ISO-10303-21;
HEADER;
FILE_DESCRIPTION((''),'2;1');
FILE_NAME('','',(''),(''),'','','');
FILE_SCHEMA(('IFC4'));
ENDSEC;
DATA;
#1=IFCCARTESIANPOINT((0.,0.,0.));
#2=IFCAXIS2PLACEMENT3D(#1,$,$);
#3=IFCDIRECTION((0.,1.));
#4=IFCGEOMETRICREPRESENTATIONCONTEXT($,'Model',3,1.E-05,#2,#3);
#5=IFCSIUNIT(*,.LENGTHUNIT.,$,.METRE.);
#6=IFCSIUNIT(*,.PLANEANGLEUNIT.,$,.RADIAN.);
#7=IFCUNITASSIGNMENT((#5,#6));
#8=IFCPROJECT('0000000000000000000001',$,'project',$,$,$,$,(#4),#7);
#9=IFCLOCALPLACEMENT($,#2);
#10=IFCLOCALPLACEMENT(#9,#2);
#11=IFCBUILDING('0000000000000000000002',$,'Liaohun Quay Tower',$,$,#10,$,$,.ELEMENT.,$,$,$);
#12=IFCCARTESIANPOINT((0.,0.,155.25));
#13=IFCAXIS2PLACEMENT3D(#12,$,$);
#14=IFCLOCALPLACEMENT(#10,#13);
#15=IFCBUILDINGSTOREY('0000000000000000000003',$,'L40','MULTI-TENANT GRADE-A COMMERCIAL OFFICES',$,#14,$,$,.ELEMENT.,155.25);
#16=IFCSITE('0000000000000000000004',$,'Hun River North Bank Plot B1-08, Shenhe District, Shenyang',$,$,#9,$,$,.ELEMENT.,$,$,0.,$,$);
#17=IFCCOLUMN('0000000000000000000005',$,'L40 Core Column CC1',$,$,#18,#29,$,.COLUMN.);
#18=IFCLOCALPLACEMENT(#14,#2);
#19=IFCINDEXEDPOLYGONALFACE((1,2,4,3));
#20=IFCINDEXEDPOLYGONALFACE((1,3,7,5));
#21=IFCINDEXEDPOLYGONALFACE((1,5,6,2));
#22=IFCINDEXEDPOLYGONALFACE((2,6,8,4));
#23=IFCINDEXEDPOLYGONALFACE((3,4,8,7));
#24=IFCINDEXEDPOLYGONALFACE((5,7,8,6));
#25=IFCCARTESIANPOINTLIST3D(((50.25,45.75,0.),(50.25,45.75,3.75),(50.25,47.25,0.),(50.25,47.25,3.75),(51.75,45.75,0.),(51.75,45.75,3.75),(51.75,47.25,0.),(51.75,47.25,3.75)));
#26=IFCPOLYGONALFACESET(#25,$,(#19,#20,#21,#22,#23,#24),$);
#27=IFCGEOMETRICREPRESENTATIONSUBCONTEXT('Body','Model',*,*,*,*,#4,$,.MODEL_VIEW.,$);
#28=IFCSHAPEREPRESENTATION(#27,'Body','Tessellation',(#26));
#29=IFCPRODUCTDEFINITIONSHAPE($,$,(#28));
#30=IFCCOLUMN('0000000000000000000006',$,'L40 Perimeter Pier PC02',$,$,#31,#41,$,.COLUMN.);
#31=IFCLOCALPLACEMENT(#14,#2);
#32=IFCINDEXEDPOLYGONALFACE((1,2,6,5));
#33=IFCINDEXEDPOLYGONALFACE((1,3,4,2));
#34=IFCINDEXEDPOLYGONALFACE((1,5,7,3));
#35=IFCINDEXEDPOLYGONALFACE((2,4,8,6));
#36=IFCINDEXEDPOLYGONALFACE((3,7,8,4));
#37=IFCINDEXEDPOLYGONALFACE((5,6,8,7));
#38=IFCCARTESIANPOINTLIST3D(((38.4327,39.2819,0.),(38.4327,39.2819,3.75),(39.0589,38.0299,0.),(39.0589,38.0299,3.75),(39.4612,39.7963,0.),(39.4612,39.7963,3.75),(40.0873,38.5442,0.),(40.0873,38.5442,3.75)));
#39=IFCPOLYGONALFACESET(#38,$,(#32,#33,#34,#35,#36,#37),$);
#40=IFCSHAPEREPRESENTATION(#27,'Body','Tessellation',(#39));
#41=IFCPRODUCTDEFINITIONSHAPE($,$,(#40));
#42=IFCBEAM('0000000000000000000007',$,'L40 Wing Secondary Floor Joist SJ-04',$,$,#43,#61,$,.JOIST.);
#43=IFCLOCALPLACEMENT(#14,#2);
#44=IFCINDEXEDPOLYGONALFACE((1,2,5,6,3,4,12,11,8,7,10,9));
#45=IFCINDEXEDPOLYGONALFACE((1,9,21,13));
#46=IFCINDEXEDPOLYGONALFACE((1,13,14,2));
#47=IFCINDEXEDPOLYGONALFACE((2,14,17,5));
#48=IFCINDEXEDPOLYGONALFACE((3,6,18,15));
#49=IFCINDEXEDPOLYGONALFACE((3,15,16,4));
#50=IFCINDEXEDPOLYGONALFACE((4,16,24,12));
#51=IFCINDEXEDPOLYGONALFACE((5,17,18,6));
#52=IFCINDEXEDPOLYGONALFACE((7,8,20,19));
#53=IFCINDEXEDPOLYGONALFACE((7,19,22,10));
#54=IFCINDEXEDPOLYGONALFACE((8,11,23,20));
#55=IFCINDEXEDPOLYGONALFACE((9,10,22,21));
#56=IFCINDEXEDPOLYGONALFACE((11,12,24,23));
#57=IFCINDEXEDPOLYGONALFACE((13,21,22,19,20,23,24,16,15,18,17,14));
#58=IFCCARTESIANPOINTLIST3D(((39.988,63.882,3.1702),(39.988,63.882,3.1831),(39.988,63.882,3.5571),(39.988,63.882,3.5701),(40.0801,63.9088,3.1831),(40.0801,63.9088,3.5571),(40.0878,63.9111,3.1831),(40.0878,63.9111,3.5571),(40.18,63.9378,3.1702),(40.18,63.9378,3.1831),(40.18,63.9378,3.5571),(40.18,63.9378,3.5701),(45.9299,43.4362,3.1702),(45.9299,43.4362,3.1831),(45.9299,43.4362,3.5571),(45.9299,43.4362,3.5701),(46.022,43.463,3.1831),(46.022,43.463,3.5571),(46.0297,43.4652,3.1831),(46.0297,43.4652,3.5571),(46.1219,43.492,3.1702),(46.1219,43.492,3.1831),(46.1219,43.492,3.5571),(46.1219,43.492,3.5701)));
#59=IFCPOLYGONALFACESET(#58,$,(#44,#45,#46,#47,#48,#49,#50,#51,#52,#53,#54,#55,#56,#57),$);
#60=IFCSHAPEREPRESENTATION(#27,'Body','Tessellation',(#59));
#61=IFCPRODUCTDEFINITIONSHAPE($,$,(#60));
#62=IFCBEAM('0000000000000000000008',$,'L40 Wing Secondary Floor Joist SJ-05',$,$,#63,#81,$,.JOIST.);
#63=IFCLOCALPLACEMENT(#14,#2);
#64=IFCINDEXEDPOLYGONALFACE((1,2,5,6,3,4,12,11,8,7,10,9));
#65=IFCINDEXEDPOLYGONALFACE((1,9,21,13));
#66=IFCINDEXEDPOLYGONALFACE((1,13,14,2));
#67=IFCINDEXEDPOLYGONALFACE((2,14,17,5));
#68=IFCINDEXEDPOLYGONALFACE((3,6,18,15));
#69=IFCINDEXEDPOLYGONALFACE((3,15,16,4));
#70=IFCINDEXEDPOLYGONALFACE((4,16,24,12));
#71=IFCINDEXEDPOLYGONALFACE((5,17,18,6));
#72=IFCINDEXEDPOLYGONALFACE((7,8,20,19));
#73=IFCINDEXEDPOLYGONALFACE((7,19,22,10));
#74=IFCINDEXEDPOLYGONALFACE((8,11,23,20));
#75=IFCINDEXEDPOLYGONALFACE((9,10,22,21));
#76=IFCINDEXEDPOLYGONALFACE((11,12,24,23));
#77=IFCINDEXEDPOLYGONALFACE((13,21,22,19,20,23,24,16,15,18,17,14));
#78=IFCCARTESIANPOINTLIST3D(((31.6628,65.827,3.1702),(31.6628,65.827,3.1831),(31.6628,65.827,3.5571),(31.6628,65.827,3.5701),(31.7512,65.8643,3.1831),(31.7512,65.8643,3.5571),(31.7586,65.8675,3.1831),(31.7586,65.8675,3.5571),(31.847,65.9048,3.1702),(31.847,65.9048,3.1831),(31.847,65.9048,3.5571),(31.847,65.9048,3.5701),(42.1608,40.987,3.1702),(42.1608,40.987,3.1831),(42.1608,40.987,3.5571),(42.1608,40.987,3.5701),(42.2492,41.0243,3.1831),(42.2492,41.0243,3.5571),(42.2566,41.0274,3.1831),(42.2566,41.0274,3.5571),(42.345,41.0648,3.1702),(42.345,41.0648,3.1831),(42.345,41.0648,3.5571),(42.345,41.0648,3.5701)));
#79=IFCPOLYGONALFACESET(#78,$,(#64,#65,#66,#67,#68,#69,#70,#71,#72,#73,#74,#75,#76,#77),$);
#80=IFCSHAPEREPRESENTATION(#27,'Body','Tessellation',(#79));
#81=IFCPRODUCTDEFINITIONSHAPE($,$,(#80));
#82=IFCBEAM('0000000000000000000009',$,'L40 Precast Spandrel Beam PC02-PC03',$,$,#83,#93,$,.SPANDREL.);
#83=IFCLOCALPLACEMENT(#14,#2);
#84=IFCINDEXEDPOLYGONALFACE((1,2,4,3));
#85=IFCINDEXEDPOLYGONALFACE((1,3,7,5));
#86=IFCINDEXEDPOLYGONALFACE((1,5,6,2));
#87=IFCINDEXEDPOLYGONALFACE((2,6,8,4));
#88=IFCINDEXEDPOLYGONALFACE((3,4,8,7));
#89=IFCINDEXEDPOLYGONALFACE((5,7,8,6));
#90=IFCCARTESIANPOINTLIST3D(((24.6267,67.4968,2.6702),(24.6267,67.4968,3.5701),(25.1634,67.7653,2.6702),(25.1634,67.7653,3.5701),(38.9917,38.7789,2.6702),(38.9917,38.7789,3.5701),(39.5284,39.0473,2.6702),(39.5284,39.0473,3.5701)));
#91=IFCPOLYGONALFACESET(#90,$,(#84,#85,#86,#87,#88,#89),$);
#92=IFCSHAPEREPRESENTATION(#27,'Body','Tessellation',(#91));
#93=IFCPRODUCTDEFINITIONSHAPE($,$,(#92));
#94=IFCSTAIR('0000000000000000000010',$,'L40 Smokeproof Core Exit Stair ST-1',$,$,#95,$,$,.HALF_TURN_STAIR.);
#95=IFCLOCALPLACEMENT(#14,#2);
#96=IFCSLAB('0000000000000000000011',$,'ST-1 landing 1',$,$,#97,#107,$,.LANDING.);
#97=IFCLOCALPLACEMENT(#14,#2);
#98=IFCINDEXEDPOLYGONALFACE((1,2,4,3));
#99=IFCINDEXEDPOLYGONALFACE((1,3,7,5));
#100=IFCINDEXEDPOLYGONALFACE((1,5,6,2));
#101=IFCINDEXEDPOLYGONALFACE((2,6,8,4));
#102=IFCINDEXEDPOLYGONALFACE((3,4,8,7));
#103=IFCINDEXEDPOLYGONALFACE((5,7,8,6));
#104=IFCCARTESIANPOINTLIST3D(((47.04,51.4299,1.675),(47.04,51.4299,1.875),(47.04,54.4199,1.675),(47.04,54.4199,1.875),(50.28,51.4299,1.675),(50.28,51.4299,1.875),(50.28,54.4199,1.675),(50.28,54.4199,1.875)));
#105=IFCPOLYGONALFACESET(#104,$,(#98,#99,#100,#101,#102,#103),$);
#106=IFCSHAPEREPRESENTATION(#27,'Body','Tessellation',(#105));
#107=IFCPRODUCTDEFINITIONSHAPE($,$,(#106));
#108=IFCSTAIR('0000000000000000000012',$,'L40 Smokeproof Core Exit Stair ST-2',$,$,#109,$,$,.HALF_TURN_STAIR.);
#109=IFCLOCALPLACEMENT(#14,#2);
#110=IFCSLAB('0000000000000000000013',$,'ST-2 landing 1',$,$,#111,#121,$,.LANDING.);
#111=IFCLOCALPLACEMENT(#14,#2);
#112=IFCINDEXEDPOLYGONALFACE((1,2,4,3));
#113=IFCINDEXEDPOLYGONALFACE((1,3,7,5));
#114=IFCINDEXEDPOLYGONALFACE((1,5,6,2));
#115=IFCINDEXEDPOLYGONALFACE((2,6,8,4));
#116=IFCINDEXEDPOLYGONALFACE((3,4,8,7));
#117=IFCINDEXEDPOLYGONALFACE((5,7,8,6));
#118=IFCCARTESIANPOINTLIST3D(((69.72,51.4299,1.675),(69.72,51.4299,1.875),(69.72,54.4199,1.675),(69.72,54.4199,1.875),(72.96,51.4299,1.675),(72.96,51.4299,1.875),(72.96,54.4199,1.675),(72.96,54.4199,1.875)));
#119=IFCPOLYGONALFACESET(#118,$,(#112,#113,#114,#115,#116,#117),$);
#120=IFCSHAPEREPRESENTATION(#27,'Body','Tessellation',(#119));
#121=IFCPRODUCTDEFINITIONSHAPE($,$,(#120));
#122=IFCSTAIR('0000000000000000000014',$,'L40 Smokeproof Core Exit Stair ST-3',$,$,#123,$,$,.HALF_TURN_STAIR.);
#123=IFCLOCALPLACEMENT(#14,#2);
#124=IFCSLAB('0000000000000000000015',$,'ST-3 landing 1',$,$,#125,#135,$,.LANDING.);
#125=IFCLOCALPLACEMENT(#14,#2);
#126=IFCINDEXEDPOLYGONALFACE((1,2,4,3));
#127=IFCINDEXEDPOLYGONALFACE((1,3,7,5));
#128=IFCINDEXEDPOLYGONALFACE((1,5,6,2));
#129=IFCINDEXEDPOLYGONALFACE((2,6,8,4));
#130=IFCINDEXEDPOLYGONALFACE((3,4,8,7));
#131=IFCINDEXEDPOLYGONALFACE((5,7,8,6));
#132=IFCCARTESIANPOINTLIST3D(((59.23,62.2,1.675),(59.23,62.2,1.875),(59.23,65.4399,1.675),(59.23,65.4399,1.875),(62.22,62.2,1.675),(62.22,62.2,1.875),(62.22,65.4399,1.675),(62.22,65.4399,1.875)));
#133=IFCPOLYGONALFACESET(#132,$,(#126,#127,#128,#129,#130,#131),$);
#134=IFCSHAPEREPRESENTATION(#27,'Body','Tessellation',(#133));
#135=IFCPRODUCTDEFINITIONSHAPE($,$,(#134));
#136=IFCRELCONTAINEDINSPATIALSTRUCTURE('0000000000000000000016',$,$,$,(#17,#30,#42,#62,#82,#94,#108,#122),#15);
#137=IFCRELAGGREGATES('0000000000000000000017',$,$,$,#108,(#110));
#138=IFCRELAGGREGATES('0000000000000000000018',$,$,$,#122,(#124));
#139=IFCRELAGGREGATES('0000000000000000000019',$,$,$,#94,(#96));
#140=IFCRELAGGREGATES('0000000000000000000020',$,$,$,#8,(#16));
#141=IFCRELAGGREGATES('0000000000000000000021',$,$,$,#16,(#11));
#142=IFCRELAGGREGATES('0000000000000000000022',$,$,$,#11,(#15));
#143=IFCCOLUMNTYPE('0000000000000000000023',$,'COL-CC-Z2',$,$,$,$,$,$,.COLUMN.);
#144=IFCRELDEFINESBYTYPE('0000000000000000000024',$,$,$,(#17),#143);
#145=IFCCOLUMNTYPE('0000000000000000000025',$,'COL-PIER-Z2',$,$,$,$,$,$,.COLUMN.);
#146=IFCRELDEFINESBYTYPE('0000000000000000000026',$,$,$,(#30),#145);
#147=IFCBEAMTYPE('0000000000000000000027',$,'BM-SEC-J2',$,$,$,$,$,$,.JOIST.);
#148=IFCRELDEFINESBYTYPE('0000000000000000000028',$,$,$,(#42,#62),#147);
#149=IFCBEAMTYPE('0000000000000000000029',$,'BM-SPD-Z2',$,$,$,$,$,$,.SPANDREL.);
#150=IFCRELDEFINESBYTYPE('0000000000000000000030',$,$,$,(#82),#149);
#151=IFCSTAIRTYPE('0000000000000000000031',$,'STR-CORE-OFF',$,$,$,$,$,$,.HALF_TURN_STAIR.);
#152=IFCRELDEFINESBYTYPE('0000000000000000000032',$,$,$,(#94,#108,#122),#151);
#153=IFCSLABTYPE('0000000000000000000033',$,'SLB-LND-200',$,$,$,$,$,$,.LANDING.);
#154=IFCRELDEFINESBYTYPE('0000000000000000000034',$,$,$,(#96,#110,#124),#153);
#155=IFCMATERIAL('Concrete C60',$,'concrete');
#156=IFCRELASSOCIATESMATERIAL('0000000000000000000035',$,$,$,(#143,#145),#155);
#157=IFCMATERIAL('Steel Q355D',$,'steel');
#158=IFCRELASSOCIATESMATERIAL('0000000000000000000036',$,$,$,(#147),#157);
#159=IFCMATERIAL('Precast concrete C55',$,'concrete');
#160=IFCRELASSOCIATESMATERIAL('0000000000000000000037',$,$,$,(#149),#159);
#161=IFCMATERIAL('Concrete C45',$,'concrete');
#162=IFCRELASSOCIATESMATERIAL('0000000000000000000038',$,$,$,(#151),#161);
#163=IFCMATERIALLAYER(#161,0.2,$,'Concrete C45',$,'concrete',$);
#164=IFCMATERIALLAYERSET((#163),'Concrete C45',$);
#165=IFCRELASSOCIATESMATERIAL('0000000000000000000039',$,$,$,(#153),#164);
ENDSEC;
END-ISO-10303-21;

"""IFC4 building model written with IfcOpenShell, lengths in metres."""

from ifc_helpers import new_model, si_unit, direction, frame, origin, origin_2d, place, context, subcontext, project, spatial, polyline, rectangle, i_section, outline, extrude, source, transform, mapped, material, layer, layer_set, material_profile, profile_set, type_object, element, aggregate, save


model = new_model("IFC4")

# Units and contexts
model_context = context("Model", 3, precision=1e-05, world=origin(), true_north=direction((0.0, 1.0)))
body_context = subcontext(model_context, "Body", "Model", "MODEL_VIEW")
ifc_project = project(units=[si_unit("LENGTHUNIT", "METRE"), si_unit("PLANEANGLEUNIT", "RADIAN")], contexts=[model_context])

# Site, building, storey
site_placement = place(None, origin())
site = spatial("IfcSite", under=ifc_project, at=site_placement, Name="Hun River North Bank Plot B1-08, Shenhe District, Shenyang", CompositionType="ELEMENT", RefElevation=0.0)
building_placement = place(site_placement, origin())
building = spatial("IfcBuilding", under=site, at=building_placement, Name="Liaohun Quay Tower", CompositionType="ELEMENT")
storey_placement = place(building_placement, frame((0.0, 0.0, 155.25)))
storey = spatial("IfcBuildingStorey", under=building, at=storey_placement, Name="L40", Description="MULTI-TENANT GRADE-A COMMERCIAL OFFICES", CompositionType="ELEMENT", Elevation=155.25)

# Columns
ifc_material_1 = material(Name="Concrete C60", Category="concrete")
ifc_material_profile_1 = material_profile(ifc_material_1, rectangle(XDim=1.5, YDim=1.5, at=origin_2d()), Name="RC1500x1500")
ifc_profile_set_1 = profile_set([ifc_material_profile_1], Name="Concrete C60")
column_type_1 = type_object("IfcColumnType", Name="COL-CC-Z2", PredefinedType="COLUMN", material=ifc_profile_set_1)
shared_shape_1 = source(origin(), body_context, "Body", "SweptSolid", [
    extrude(rectangle(XDim=1.5, YDim=1.5, at=origin_2d()), origin(), (0.0, 0.0, 1.0), 3.75),
])
column_1_placement = place(storey_placement, frame((51.0, 46.5, 0.0), z_axis=(0.0, 0.0, 1.0), x_axis=(1.0, 0.0, 0.0)))
element("IfcColumn", 1, at=column_1_placement, inside=storey, type_object=column_type_1, Name="L40 Core Column CC1", PredefinedType="COLUMN", context=body_context, shape_type="MappedRepresentation", body=[
    mapped(shared_shape_1, transform((0.0, 0.0, 0.0), x_axis=(1.0, 0.0, 0.0), y_axis=(0.0, 1.0, 0.0), z_axis=(0.0, 0.0, 1.0), scale=1.0)),
])
ifc_material_profile_2 = material_profile(ifc_material_1, rectangle(XDim=1.3999, YDim=1.1499, at=origin_2d()), Name="RC1400x1150")
ifc_profile_set_2 = profile_set([ifc_material_profile_2], Name="Concrete C60")
column_type_2 = type_object("IfcColumnType", Name="COL-PIER-Z2", PredefinedType="COLUMN", material=ifc_profile_set_2)
shared_shape_2 = source(origin(), body_context, "Body", "SweptSolid", [
    extrude(rectangle(XDim=1.3999, YDim=1.1499, at=origin_2d()), origin(), (0.0, 0.0, 1.0), 3.75),
])
column_2_placement = place(storey_placement, frame((39.26, 38.9131, 0.0), z_axis=(0.0, 0.0, 1.0), x_axis=(-0.447291, 0.894389, 0.0)))
element("IfcColumn", 2, at=column_2_placement, inside=storey, type_object=column_type_2, Name="L40 Perimeter Pier PC02", PredefinedType="COLUMN", context=body_context, shape_type="MappedRepresentation", body=[
    mapped(shared_shape_2, transform((0.0, 0.0, 0.0), x_axis=(1.0, 0.0, 0.0), y_axis=(0.0, 1.0, 0.0), z_axis=(0.0, 0.0, 1.0), scale=1.0)),
])

# Beams
ifc_material_2 = material(Name="Steel Q355D", Category="steel")
ifc_material_profile_3 = material_profile(ifc_material_2, i_section(OverallWidth=0.2, OverallDepth=0.3999, WebThickness=0.0081, FlangeThickness=0.0129, at=origin_2d()), Name="HN400x200x8x13")
ifc_profile_set_3 = profile_set([ifc_material_profile_3], Name="Steel Q355D")
beam_type_1 = type_object("IfcBeamType", Name="BM-SEC-J2", PredefinedType="JOIST", material=ifc_profile_set_3)
shared_shape_3 = source(origin(), body_context, "Body", "SweptSolid", [
    extrude(i_section(OverallWidth=0.2, OverallDepth=0.3999, WebThickness=0.0081, FlangeThickness=0.0129, at=origin_2d()), origin(), (0.0, 0.0, 1.0), 21.2917),
])
beam_1_placement = place(storey_placement, frame((46.0259, 43.4641, 3.3701), z_axis=(-0.279071, 0.960271, 0.0), x_axis=(-0.960271, -0.279071, 0.0)))
element("IfcBeam", 3, at=beam_1_placement, inside=storey, type_object=beam_type_1, Name="L40 Wing Secondary Floor Joist SJ-04", PredefinedType="JOIST", context=body_context, shape_type="MappedRepresentation", body=[
    mapped(shared_shape_3, transform((0.0, 0.0, 0.0), x_axis=(1.0, 0.0, 0.0), y_axis=(0.0, 1.0, 0.0), z_axis=(0.0, 0.0, 1.0), scale=1.0)),
])
shared_shape_4 = source(origin(), body_context, "Body", "SweptSolid", [
    extrude(i_section(OverallWidth=0.2, OverallDepth=0.3999, WebThickness=0.0081, FlangeThickness=0.0129, at=origin_2d()), origin(), (0.0, 0.0, 1.0), 26.9673),
])
beam_2_placement = place(storey_placement, frame((42.2529, 41.0259, 3.3701), z_axis=(-0.389287, 0.921116, 0.0), x_axis=(-0.921116, -0.389287, 0.0)))
element("IfcBeam", 4, at=beam_2_placement, inside=storey, type_object=beam_type_1, Name="L40 Wing Secondary Floor Joist SJ-05", PredefinedType="JOIST", context=body_context, shape_type="MappedRepresentation", body=[
    mapped(shared_shape_4, transform((0.0, 0.0, 0.0), x_axis=(1.0, 0.0, 0.0), y_axis=(0.0, 1.0, 0.0), z_axis=(0.0, 0.0, 1.0), scale=1.0)),
])
ifc_material_3 = material(Name="Precast concrete C55", Category="concrete")
ifc_material_profile_4 = material_profile(ifc_material_3, rectangle(XDim=0.6001, YDim=0.8999, at=origin_2d()), Name="RC600x900")
ifc_profile_set_4 = profile_set([ifc_material_profile_4], Name="Precast concrete C55")
beam_type_2 = type_object("IfcBeamType", Name="BM-SPD-Z2", PredefinedType="SPANDREL", material=ifc_profile_set_4)
shared_shape_5 = source(origin(), body_context, "Body", "SweptSolid", [
    extrude(rectangle(XDim=0.6001, YDim=0.8999, at=origin_2d()), origin(), (0.0, 0.0, 1.0), 32.1104),
])
beam_3_placement = place(storey_placement, frame((39.26, 38.9131, 3.1201), z_axis=(-0.447363, 0.894353, 0.0), x_axis=(-0.894353, -0.447363, 0.0)))
element("IfcBeam", 5, at=beam_3_placement, inside=storey, type_object=beam_type_2, Name="L40 Precast Spandrel Beam PC02-PC03", PredefinedType="SPANDREL", context=body_context, shape_type="MappedRepresentation", body=[
    mapped(shared_shape_5, transform((0.0, 0.0, 0.0), x_axis=(1.0, 0.0, 0.0), y_axis=(0.0, 1.0, 0.0), z_axis=(0.0, 0.0, 1.0), scale=1.0)),
])

# Stairs, slabs
ifc_material_4 = material(Name="Concrete C45", Category="concrete")
stair_type = type_object("IfcStairType", Name="STR-CORE-OFF", PredefinedType="HALF_TURN_STAIR", material=ifc_material_4)
stair_1_placement = place(storey_placement, origin())
stair_1 = element("IfcStair", 6, at=stair_1_placement, inside=storey, type_object=stair_type, Name="L40 Smokeproof Core Exit Stair ST-1", PredefinedType="HALF_TURN_STAIR")
ifc_layer_1 = layer(ifc_material_4, 0.2, Name="Concrete C45", Category="concrete")
ifc_layer_set_1 = layer_set([ifc_layer_1], Name="Concrete C45")
slab_type_1 = type_object("IfcSlabType", Name="SLB-LND-200", PredefinedType="LANDING", material=ifc_layer_set_1)
slab_1_placement = place(storey_placement, frame((0.0, 0.0, 1.675)))
slab_1 = element("IfcSlab", 7, at=slab_1_placement, type_object=slab_type_1, Name="ST-1 landing 1", PredefinedType="LANDING", context=body_context, shape_type="SweptSolid", body=[
    extrude(outline(polyline([(50.28, 51.4299), (50.28, 54.4199), (47.04, 54.4199), (47.04, 51.4299), (50.28, 51.4299)])), origin(), (0.0, 0.0, 1.0), 0.2),
])
stair_2_placement = place(storey_placement, origin())
stair_2 = element("IfcStair", 8, at=stair_2_placement, inside=storey, type_object=stair_type, Name="L40 Smokeproof Core Exit Stair ST-2", PredefinedType="HALF_TURN_STAIR")
slab_2_placement = place(storey_placement, frame((0.0, 0.0, 1.675)))
slab_2 = element("IfcSlab", 9, at=slab_2_placement, type_object=slab_type_1, Name="ST-2 landing 1", PredefinedType="LANDING", context=body_context, shape_type="SweptSolid", body=[
    extrude(outline(polyline([(72.96, 51.4299), (72.96, 54.4199), (69.72, 54.4199), (69.72, 51.4299), (72.96, 51.4299)])), origin(), (0.0, 0.0, 1.0), 0.2),
])
aggregate(stair_2, [slab_2])
stair_3_placement = place(storey_placement, origin())
stair_3 = element("IfcStair", 10, at=stair_3_placement, inside=storey, type_object=stair_type, Name="L40 Smokeproof Core Exit Stair ST-3", PredefinedType="HALF_TURN_STAIR")
slab_3_placement = place(storey_placement, frame((0.0, 0.0, 1.675)))
slab_3 = element("IfcSlab", 11, at=slab_3_placement, type_object=slab_type_1, Name="ST-3 landing 1", PredefinedType="LANDING", context=body_context, shape_type="SweptSolid", body=[
    extrude(outline(polyline([(59.23, 62.2), (62.22, 62.2), (62.22, 65.4399), (59.23, 65.4399), (59.23, 62.2)])), origin(), (0.0, 0.0, 1.0), 0.2),
])
aggregate(stair_3, [slab_3])

aggregate(stair_1, [slab_1])

save(model, "model.ifc")
